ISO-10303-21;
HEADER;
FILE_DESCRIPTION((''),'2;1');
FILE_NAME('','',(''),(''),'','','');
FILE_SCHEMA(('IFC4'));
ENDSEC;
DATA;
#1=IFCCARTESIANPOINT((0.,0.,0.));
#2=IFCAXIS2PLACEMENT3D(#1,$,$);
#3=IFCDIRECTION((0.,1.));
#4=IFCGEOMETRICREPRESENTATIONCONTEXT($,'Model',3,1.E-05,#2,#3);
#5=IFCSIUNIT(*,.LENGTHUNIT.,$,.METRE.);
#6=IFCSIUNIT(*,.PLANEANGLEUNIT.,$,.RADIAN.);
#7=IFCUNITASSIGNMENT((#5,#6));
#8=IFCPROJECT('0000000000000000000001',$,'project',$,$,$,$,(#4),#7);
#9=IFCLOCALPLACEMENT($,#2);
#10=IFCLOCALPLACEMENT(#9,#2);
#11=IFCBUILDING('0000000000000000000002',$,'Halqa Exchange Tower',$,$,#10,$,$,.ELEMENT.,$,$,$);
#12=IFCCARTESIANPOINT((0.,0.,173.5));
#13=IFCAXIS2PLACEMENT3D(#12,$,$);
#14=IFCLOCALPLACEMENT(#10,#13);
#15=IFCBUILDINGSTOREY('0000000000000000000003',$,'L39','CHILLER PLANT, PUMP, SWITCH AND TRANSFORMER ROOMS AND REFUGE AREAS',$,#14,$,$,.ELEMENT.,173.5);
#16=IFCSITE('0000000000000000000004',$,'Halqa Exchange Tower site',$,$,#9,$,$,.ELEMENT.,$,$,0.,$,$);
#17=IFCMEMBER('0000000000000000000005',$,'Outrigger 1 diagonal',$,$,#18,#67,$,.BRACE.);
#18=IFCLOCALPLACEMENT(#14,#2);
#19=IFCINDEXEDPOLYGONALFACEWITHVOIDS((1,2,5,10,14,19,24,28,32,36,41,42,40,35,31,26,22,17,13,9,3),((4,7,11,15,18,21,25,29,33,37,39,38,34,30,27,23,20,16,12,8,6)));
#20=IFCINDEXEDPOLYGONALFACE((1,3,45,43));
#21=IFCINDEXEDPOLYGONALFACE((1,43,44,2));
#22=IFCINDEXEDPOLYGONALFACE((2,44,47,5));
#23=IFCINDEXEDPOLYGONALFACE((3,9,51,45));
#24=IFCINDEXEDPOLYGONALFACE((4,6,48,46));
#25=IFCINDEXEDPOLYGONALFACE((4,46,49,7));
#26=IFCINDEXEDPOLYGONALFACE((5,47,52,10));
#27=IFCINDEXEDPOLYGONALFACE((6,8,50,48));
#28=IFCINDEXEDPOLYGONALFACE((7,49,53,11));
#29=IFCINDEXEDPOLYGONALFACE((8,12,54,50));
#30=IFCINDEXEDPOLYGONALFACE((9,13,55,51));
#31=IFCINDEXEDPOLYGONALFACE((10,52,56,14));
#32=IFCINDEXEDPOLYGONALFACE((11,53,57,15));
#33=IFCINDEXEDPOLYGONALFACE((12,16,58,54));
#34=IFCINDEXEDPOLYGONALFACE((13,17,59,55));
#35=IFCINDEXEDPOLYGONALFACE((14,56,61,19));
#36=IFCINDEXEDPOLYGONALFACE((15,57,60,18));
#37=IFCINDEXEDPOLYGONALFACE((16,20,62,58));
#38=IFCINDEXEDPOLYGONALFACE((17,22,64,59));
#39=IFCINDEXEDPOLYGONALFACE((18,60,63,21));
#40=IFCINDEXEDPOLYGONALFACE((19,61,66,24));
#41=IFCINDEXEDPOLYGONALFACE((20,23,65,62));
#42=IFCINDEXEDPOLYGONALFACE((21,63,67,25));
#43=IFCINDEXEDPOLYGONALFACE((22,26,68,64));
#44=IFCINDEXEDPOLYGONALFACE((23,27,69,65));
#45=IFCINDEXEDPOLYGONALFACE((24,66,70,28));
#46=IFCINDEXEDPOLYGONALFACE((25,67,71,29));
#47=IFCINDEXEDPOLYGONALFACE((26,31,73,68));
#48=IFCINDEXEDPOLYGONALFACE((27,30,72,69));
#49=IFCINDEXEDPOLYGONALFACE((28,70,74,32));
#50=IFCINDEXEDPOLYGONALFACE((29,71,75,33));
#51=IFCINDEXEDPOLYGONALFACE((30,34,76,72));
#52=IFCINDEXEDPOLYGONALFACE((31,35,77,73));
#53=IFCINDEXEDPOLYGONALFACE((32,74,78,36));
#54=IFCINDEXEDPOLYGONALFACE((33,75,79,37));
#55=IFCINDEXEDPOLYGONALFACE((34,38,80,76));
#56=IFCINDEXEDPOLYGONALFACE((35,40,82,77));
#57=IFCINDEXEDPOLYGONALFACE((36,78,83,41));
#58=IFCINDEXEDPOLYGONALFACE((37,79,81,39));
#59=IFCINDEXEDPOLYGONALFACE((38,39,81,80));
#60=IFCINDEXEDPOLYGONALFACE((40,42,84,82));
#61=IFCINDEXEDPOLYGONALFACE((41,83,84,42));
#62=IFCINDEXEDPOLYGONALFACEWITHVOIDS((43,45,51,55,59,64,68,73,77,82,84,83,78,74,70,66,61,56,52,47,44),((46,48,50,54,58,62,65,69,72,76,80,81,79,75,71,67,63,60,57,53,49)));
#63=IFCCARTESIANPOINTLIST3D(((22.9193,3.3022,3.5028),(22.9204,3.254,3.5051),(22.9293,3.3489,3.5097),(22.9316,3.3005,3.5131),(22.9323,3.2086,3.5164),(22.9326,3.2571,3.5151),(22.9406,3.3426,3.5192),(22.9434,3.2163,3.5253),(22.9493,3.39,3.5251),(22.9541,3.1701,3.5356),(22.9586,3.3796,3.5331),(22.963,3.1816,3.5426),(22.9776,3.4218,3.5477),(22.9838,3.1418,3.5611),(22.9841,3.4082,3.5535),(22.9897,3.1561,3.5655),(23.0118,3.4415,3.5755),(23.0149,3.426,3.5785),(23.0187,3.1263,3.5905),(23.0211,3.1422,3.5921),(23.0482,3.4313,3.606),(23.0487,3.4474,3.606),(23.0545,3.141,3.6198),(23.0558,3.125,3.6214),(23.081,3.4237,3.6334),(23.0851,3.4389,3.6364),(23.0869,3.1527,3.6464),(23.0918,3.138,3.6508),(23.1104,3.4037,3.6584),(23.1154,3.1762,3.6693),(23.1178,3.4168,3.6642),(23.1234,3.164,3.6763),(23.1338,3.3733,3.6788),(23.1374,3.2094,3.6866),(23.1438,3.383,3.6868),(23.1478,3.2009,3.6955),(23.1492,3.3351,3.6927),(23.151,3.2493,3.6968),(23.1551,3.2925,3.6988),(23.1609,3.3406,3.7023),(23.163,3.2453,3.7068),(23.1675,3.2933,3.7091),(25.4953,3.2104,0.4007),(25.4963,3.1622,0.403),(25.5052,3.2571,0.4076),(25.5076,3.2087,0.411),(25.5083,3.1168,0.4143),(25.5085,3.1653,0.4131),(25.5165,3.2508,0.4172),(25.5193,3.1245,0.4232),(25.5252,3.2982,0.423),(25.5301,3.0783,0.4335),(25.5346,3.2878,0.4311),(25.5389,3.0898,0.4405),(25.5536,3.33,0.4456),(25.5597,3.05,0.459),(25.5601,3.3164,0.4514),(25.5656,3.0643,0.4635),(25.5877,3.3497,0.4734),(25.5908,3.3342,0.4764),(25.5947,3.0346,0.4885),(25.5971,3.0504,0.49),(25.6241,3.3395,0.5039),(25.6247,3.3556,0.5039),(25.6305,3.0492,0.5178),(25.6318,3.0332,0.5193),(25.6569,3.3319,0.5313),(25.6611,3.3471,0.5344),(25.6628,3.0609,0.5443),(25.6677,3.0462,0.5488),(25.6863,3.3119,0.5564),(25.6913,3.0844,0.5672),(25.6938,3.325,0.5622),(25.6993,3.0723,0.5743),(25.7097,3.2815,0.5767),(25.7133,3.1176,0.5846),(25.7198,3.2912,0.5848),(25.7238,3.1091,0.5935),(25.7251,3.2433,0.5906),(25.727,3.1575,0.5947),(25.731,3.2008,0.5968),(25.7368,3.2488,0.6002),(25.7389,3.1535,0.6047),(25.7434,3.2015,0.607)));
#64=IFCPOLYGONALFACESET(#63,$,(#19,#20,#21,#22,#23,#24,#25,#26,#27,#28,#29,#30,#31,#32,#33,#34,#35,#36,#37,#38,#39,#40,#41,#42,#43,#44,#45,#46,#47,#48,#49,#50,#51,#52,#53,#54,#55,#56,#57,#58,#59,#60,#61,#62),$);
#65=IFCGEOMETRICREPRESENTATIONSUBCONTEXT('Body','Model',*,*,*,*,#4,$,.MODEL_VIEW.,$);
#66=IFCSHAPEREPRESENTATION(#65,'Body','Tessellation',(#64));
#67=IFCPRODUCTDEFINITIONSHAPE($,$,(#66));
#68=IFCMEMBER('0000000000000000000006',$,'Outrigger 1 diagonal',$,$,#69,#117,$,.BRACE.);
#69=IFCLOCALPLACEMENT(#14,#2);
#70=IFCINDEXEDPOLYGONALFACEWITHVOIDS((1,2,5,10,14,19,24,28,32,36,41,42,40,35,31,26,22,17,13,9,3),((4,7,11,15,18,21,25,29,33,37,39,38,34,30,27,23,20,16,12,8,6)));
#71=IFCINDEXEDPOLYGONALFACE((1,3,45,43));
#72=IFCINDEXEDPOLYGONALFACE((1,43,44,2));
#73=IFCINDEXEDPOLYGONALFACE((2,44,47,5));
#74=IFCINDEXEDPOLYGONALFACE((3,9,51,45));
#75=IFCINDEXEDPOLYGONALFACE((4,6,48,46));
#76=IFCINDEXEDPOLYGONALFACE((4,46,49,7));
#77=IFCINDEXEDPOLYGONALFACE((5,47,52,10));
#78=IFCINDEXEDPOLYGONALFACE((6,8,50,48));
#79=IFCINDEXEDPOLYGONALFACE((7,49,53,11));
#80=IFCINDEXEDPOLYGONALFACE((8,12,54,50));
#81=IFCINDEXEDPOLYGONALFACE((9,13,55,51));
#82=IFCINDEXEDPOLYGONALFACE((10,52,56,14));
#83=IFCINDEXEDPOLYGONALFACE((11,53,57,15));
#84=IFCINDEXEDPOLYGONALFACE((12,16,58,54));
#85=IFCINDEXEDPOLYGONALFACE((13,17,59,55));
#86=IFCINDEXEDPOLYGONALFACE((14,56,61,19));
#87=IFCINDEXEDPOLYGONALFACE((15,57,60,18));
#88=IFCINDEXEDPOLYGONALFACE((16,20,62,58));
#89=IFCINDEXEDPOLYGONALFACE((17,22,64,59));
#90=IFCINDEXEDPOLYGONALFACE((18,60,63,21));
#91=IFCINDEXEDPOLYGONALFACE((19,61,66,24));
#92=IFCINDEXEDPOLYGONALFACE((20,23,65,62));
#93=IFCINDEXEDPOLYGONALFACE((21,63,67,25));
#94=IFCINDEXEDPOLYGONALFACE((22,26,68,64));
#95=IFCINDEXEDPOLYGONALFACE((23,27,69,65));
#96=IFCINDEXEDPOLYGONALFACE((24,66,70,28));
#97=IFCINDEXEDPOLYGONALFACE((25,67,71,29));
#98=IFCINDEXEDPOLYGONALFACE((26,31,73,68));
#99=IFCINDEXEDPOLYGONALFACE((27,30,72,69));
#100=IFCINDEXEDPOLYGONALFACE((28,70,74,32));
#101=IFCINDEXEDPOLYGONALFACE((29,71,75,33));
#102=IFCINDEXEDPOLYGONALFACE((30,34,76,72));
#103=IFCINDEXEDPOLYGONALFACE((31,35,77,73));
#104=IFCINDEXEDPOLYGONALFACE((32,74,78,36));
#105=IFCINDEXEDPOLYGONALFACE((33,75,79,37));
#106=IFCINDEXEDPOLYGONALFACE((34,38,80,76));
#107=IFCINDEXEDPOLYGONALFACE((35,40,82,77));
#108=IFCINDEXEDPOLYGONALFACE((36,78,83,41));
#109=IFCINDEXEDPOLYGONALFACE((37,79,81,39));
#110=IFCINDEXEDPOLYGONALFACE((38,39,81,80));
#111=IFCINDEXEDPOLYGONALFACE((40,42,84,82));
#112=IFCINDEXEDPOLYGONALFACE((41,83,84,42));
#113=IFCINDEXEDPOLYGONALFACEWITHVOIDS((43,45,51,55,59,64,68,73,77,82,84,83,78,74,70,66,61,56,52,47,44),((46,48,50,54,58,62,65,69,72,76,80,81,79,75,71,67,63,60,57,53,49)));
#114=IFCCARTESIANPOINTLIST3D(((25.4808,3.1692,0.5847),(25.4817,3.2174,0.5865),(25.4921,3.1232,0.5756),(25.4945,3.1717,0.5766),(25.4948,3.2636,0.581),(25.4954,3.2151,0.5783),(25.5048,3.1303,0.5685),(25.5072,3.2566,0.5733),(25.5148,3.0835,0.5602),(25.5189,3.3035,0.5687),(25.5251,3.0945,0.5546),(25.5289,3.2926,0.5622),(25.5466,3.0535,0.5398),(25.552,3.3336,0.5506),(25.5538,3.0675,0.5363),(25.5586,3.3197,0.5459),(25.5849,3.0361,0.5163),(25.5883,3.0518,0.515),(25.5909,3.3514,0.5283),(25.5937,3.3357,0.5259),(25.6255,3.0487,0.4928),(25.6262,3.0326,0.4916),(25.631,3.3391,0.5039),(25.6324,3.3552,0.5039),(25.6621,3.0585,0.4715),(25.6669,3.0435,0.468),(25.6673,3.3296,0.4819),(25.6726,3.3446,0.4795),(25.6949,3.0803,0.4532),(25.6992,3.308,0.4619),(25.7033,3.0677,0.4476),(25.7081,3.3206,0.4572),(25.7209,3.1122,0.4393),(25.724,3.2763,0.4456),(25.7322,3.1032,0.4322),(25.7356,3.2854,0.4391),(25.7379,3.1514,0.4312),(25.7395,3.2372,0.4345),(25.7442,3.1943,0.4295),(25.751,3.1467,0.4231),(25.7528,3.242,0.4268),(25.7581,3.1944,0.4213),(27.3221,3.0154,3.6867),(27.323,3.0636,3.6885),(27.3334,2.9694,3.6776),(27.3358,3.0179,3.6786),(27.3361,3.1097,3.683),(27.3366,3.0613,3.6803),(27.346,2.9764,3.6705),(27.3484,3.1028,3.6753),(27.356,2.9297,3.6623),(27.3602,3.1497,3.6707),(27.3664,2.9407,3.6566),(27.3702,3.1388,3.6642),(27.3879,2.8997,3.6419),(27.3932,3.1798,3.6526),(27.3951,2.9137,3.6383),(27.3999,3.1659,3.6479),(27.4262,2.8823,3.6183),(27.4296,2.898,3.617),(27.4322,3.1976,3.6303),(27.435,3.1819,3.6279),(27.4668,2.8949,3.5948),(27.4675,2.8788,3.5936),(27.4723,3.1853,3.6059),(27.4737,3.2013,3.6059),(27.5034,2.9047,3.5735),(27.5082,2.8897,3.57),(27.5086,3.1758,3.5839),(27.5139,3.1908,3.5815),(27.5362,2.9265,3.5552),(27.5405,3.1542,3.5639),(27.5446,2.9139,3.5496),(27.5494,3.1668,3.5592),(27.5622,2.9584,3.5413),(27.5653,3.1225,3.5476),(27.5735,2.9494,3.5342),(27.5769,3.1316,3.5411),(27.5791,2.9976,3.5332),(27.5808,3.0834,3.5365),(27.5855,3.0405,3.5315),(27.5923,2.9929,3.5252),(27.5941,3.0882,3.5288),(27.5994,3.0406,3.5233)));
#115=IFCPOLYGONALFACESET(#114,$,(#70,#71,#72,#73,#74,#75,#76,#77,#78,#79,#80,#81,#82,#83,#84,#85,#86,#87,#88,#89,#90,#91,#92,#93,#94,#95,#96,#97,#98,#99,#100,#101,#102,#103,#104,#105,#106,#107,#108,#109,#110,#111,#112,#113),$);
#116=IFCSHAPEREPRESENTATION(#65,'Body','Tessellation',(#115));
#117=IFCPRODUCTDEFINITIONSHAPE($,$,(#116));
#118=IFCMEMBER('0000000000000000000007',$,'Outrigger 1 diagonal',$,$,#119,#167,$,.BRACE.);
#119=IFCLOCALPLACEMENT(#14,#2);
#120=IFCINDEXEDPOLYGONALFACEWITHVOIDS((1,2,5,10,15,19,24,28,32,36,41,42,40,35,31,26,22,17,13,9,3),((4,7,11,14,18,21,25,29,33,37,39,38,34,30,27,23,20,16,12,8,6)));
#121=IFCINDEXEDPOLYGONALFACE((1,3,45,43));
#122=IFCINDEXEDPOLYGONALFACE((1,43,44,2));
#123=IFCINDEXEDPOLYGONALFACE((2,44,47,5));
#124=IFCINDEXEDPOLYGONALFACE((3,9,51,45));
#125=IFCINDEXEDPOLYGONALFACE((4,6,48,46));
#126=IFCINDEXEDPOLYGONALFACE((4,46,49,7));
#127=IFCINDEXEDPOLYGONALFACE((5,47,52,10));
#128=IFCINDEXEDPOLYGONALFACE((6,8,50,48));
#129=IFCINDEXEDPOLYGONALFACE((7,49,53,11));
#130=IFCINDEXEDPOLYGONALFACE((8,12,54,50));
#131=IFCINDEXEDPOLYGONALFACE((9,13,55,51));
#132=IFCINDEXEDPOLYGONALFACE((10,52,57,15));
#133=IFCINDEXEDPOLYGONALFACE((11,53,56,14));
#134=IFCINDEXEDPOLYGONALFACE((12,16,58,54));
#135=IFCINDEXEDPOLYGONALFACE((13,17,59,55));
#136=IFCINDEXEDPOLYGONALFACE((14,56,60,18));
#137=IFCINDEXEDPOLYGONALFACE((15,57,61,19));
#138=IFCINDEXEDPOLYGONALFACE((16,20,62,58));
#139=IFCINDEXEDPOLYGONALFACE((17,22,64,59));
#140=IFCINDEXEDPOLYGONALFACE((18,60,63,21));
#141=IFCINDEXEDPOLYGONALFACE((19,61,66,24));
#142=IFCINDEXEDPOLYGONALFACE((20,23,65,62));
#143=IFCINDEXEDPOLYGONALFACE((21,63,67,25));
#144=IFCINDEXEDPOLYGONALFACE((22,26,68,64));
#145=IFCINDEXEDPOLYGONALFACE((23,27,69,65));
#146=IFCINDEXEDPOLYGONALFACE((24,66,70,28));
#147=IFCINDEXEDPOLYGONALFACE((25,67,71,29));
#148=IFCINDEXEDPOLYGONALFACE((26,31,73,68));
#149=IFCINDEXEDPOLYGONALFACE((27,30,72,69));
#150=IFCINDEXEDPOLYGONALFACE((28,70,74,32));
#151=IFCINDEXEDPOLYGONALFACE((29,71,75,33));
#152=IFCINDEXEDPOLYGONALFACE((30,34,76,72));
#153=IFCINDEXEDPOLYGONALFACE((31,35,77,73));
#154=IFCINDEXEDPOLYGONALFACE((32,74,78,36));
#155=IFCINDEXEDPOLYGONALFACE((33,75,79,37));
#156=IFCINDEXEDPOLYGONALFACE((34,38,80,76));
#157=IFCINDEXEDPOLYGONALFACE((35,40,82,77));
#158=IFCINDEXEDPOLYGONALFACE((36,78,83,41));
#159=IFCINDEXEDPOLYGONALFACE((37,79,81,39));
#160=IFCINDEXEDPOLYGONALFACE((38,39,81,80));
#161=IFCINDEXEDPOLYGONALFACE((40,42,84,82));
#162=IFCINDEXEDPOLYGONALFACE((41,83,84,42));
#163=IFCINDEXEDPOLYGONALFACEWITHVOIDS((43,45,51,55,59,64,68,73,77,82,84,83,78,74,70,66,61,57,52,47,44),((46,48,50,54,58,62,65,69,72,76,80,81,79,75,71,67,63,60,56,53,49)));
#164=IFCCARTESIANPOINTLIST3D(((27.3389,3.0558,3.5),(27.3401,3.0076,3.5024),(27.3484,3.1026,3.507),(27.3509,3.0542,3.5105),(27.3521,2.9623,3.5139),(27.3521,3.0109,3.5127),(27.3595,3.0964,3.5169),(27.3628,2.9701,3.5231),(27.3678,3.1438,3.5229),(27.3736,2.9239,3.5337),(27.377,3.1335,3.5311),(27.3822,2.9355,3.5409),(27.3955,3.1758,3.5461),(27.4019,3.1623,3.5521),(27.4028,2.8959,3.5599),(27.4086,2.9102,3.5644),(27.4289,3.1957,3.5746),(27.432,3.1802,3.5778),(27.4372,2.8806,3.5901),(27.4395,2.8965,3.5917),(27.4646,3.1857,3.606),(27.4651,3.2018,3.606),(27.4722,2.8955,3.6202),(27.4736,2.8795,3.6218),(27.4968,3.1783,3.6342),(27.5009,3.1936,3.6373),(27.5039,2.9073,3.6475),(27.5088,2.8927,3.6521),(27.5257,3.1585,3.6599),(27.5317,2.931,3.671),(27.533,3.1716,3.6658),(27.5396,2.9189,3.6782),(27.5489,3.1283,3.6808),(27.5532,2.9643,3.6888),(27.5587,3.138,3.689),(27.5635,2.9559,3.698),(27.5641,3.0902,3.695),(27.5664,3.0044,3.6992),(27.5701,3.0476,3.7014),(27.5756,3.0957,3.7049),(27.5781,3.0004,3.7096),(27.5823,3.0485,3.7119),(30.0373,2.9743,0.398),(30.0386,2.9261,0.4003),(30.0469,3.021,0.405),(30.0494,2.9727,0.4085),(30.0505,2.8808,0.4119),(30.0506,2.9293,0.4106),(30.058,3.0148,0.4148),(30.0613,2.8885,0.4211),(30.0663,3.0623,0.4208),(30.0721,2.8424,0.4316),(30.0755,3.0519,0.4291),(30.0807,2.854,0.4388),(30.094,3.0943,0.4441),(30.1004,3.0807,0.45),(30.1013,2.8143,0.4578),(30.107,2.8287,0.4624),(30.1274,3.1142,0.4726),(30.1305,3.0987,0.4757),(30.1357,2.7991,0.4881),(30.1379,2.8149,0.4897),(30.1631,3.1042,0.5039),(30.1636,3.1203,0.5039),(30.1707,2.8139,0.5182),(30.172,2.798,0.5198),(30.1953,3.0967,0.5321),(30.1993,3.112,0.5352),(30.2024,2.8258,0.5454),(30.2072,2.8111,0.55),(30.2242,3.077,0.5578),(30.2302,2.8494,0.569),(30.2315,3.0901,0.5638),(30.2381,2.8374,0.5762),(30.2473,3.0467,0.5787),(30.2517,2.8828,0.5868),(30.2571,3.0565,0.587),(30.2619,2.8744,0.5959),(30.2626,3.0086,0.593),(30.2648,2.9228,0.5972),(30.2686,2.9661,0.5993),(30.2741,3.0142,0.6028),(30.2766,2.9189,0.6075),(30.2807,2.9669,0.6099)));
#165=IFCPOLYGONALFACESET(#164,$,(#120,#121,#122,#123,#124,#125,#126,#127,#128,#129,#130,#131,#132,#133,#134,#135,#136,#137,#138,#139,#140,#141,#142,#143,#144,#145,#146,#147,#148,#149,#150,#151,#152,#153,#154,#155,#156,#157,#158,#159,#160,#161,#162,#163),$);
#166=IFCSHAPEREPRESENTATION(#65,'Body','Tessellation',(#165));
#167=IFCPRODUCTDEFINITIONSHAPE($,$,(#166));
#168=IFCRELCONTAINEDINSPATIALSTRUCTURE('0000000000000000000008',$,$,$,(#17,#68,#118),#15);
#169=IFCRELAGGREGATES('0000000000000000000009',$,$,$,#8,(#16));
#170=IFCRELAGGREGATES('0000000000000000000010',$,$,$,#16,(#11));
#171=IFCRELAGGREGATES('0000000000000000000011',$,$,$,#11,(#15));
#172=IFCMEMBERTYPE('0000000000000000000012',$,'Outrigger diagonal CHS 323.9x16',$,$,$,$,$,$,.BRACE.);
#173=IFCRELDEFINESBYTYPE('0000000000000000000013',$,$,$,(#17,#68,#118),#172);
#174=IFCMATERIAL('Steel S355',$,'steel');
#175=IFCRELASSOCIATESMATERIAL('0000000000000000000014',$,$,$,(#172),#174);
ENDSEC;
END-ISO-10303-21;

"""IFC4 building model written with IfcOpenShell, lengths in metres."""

from ifc_helpers import new_model, si_unit, direction, frame, origin, origin_2d, place, context, subcontext, project, spatial, hollow_circle, extrude, material, material_profile, profile_set, type_object, element, save


model = new_model("IFC4")

# Units and contexts
model_context = context("Model", 3, precision=1e-05, world=origin(), true_north=direction((0.0, 1.0)))
body_context = subcontext(model_context, "Body", "Model", "MODEL_VIEW")
ifc_project = project(units=[si_unit("LENGTHUNIT", "METRE"), si_unit("PLANEANGLEUNIT", "RADIAN")], contexts=[model_context])

# Site, building, storey
site_placement = place(None, origin())
site = spatial("IfcSite", under=ifc_project, at=site_placement, Name="Halqa Exchange Tower site", CompositionType="ELEMENT", RefElevation=0.0)
building_placement = place(site_placement, origin())
building = spatial("IfcBuilding", under=site, at=building_placement, Name="Halqa Exchange Tower", CompositionType="ELEMENT")
storey_placement = place(building_placement, frame((0.0, 0.0, 173.5)))
storey = spatial("IfcBuildingStorey", under=building, at=storey_placement, Name="L39", Description="CHILLER PLANT, PUMP, SWITCH AND TRANSFORMER ROOMS AND REFUGE AREAS", CompositionType="ELEMENT", Elevation=173.5)

# Members
ifc_material_1 = material(Name="Steel S355", Category="steel")
ifc_material_profile_1 = material_profile(ifc_material_1, hollow_circle(Radius=0.1619, WallThickness=0.0161, at=origin_2d()), Name="CHS 323.9x16")
ifc_profile_set_1 = profile_set([ifc_material_profile_1], Name="Steel S355")
member_type_1 = type_object("IfcMemberType", Name="Outrigger diagonal CHS 323.9x16", PredefinedType="BRACE", material=ifc_profile_set_1)
member_1_placement = place(storey_placement, frame((23.043, 3.2856, 3.606), z_axis=(0.638684, -0.02276, -0.769133), x_axis=(0.035614, 0.999366, 0.0)))
element("IfcMember", 1, at=member_1_placement, inside=storey, type_object=member_type_1, Name="Outrigger 1 diagonal", PredefinedType="BRACE", context=body_context, shape_type="SweptSolid", body=[
    extrude(hollow_circle(Radius=0.1619, WallThickness=0.0161, at=origin_2d()), origin(), (0.0, 0.0, 1.0), 4.0332),
])
member_2_placement = place(storey_placement, frame((25.6189, 3.1938, 0.5039), z_axis=(0.509966, -0.042599, 0.859139), x_axis=(0.083242, 0.996529, 0.0)))
element("IfcMember", 2, at=member_2_placement, inside=storey, type_object=member_type_1, Name="Outrigger 1 diagonal", PredefinedType="BRACE", context=body_context, shape_type="SweptSolid", body=[
    extrude(hollow_circle(Radius=0.1619, WallThickness=0.0161, at=origin_2d()), origin(), (0.0, 0.0, 1.0), 3.6106),
])
member_3_placement = place(storey_placement, frame((27.4602, 3.04, 3.606), z_axis=(0.656195, -0.019829, -0.754331), x_axis=(0.030204, 0.999544, 0.0)))
element("IfcMember", 3, at=member_3_placement, inside=storey, type_object=member_type_1, Name="Outrigger 1 diagonal", PredefinedType="BRACE", context=body_context, shape_type="SweptSolid", body=[
    extrude(hollow_circle(Radius=0.1619, WallThickness=0.0161, at=origin_2d()), origin(), (0.0, 0.0, 1.0), 4.1123),
])

save(model, "model.ifc")
